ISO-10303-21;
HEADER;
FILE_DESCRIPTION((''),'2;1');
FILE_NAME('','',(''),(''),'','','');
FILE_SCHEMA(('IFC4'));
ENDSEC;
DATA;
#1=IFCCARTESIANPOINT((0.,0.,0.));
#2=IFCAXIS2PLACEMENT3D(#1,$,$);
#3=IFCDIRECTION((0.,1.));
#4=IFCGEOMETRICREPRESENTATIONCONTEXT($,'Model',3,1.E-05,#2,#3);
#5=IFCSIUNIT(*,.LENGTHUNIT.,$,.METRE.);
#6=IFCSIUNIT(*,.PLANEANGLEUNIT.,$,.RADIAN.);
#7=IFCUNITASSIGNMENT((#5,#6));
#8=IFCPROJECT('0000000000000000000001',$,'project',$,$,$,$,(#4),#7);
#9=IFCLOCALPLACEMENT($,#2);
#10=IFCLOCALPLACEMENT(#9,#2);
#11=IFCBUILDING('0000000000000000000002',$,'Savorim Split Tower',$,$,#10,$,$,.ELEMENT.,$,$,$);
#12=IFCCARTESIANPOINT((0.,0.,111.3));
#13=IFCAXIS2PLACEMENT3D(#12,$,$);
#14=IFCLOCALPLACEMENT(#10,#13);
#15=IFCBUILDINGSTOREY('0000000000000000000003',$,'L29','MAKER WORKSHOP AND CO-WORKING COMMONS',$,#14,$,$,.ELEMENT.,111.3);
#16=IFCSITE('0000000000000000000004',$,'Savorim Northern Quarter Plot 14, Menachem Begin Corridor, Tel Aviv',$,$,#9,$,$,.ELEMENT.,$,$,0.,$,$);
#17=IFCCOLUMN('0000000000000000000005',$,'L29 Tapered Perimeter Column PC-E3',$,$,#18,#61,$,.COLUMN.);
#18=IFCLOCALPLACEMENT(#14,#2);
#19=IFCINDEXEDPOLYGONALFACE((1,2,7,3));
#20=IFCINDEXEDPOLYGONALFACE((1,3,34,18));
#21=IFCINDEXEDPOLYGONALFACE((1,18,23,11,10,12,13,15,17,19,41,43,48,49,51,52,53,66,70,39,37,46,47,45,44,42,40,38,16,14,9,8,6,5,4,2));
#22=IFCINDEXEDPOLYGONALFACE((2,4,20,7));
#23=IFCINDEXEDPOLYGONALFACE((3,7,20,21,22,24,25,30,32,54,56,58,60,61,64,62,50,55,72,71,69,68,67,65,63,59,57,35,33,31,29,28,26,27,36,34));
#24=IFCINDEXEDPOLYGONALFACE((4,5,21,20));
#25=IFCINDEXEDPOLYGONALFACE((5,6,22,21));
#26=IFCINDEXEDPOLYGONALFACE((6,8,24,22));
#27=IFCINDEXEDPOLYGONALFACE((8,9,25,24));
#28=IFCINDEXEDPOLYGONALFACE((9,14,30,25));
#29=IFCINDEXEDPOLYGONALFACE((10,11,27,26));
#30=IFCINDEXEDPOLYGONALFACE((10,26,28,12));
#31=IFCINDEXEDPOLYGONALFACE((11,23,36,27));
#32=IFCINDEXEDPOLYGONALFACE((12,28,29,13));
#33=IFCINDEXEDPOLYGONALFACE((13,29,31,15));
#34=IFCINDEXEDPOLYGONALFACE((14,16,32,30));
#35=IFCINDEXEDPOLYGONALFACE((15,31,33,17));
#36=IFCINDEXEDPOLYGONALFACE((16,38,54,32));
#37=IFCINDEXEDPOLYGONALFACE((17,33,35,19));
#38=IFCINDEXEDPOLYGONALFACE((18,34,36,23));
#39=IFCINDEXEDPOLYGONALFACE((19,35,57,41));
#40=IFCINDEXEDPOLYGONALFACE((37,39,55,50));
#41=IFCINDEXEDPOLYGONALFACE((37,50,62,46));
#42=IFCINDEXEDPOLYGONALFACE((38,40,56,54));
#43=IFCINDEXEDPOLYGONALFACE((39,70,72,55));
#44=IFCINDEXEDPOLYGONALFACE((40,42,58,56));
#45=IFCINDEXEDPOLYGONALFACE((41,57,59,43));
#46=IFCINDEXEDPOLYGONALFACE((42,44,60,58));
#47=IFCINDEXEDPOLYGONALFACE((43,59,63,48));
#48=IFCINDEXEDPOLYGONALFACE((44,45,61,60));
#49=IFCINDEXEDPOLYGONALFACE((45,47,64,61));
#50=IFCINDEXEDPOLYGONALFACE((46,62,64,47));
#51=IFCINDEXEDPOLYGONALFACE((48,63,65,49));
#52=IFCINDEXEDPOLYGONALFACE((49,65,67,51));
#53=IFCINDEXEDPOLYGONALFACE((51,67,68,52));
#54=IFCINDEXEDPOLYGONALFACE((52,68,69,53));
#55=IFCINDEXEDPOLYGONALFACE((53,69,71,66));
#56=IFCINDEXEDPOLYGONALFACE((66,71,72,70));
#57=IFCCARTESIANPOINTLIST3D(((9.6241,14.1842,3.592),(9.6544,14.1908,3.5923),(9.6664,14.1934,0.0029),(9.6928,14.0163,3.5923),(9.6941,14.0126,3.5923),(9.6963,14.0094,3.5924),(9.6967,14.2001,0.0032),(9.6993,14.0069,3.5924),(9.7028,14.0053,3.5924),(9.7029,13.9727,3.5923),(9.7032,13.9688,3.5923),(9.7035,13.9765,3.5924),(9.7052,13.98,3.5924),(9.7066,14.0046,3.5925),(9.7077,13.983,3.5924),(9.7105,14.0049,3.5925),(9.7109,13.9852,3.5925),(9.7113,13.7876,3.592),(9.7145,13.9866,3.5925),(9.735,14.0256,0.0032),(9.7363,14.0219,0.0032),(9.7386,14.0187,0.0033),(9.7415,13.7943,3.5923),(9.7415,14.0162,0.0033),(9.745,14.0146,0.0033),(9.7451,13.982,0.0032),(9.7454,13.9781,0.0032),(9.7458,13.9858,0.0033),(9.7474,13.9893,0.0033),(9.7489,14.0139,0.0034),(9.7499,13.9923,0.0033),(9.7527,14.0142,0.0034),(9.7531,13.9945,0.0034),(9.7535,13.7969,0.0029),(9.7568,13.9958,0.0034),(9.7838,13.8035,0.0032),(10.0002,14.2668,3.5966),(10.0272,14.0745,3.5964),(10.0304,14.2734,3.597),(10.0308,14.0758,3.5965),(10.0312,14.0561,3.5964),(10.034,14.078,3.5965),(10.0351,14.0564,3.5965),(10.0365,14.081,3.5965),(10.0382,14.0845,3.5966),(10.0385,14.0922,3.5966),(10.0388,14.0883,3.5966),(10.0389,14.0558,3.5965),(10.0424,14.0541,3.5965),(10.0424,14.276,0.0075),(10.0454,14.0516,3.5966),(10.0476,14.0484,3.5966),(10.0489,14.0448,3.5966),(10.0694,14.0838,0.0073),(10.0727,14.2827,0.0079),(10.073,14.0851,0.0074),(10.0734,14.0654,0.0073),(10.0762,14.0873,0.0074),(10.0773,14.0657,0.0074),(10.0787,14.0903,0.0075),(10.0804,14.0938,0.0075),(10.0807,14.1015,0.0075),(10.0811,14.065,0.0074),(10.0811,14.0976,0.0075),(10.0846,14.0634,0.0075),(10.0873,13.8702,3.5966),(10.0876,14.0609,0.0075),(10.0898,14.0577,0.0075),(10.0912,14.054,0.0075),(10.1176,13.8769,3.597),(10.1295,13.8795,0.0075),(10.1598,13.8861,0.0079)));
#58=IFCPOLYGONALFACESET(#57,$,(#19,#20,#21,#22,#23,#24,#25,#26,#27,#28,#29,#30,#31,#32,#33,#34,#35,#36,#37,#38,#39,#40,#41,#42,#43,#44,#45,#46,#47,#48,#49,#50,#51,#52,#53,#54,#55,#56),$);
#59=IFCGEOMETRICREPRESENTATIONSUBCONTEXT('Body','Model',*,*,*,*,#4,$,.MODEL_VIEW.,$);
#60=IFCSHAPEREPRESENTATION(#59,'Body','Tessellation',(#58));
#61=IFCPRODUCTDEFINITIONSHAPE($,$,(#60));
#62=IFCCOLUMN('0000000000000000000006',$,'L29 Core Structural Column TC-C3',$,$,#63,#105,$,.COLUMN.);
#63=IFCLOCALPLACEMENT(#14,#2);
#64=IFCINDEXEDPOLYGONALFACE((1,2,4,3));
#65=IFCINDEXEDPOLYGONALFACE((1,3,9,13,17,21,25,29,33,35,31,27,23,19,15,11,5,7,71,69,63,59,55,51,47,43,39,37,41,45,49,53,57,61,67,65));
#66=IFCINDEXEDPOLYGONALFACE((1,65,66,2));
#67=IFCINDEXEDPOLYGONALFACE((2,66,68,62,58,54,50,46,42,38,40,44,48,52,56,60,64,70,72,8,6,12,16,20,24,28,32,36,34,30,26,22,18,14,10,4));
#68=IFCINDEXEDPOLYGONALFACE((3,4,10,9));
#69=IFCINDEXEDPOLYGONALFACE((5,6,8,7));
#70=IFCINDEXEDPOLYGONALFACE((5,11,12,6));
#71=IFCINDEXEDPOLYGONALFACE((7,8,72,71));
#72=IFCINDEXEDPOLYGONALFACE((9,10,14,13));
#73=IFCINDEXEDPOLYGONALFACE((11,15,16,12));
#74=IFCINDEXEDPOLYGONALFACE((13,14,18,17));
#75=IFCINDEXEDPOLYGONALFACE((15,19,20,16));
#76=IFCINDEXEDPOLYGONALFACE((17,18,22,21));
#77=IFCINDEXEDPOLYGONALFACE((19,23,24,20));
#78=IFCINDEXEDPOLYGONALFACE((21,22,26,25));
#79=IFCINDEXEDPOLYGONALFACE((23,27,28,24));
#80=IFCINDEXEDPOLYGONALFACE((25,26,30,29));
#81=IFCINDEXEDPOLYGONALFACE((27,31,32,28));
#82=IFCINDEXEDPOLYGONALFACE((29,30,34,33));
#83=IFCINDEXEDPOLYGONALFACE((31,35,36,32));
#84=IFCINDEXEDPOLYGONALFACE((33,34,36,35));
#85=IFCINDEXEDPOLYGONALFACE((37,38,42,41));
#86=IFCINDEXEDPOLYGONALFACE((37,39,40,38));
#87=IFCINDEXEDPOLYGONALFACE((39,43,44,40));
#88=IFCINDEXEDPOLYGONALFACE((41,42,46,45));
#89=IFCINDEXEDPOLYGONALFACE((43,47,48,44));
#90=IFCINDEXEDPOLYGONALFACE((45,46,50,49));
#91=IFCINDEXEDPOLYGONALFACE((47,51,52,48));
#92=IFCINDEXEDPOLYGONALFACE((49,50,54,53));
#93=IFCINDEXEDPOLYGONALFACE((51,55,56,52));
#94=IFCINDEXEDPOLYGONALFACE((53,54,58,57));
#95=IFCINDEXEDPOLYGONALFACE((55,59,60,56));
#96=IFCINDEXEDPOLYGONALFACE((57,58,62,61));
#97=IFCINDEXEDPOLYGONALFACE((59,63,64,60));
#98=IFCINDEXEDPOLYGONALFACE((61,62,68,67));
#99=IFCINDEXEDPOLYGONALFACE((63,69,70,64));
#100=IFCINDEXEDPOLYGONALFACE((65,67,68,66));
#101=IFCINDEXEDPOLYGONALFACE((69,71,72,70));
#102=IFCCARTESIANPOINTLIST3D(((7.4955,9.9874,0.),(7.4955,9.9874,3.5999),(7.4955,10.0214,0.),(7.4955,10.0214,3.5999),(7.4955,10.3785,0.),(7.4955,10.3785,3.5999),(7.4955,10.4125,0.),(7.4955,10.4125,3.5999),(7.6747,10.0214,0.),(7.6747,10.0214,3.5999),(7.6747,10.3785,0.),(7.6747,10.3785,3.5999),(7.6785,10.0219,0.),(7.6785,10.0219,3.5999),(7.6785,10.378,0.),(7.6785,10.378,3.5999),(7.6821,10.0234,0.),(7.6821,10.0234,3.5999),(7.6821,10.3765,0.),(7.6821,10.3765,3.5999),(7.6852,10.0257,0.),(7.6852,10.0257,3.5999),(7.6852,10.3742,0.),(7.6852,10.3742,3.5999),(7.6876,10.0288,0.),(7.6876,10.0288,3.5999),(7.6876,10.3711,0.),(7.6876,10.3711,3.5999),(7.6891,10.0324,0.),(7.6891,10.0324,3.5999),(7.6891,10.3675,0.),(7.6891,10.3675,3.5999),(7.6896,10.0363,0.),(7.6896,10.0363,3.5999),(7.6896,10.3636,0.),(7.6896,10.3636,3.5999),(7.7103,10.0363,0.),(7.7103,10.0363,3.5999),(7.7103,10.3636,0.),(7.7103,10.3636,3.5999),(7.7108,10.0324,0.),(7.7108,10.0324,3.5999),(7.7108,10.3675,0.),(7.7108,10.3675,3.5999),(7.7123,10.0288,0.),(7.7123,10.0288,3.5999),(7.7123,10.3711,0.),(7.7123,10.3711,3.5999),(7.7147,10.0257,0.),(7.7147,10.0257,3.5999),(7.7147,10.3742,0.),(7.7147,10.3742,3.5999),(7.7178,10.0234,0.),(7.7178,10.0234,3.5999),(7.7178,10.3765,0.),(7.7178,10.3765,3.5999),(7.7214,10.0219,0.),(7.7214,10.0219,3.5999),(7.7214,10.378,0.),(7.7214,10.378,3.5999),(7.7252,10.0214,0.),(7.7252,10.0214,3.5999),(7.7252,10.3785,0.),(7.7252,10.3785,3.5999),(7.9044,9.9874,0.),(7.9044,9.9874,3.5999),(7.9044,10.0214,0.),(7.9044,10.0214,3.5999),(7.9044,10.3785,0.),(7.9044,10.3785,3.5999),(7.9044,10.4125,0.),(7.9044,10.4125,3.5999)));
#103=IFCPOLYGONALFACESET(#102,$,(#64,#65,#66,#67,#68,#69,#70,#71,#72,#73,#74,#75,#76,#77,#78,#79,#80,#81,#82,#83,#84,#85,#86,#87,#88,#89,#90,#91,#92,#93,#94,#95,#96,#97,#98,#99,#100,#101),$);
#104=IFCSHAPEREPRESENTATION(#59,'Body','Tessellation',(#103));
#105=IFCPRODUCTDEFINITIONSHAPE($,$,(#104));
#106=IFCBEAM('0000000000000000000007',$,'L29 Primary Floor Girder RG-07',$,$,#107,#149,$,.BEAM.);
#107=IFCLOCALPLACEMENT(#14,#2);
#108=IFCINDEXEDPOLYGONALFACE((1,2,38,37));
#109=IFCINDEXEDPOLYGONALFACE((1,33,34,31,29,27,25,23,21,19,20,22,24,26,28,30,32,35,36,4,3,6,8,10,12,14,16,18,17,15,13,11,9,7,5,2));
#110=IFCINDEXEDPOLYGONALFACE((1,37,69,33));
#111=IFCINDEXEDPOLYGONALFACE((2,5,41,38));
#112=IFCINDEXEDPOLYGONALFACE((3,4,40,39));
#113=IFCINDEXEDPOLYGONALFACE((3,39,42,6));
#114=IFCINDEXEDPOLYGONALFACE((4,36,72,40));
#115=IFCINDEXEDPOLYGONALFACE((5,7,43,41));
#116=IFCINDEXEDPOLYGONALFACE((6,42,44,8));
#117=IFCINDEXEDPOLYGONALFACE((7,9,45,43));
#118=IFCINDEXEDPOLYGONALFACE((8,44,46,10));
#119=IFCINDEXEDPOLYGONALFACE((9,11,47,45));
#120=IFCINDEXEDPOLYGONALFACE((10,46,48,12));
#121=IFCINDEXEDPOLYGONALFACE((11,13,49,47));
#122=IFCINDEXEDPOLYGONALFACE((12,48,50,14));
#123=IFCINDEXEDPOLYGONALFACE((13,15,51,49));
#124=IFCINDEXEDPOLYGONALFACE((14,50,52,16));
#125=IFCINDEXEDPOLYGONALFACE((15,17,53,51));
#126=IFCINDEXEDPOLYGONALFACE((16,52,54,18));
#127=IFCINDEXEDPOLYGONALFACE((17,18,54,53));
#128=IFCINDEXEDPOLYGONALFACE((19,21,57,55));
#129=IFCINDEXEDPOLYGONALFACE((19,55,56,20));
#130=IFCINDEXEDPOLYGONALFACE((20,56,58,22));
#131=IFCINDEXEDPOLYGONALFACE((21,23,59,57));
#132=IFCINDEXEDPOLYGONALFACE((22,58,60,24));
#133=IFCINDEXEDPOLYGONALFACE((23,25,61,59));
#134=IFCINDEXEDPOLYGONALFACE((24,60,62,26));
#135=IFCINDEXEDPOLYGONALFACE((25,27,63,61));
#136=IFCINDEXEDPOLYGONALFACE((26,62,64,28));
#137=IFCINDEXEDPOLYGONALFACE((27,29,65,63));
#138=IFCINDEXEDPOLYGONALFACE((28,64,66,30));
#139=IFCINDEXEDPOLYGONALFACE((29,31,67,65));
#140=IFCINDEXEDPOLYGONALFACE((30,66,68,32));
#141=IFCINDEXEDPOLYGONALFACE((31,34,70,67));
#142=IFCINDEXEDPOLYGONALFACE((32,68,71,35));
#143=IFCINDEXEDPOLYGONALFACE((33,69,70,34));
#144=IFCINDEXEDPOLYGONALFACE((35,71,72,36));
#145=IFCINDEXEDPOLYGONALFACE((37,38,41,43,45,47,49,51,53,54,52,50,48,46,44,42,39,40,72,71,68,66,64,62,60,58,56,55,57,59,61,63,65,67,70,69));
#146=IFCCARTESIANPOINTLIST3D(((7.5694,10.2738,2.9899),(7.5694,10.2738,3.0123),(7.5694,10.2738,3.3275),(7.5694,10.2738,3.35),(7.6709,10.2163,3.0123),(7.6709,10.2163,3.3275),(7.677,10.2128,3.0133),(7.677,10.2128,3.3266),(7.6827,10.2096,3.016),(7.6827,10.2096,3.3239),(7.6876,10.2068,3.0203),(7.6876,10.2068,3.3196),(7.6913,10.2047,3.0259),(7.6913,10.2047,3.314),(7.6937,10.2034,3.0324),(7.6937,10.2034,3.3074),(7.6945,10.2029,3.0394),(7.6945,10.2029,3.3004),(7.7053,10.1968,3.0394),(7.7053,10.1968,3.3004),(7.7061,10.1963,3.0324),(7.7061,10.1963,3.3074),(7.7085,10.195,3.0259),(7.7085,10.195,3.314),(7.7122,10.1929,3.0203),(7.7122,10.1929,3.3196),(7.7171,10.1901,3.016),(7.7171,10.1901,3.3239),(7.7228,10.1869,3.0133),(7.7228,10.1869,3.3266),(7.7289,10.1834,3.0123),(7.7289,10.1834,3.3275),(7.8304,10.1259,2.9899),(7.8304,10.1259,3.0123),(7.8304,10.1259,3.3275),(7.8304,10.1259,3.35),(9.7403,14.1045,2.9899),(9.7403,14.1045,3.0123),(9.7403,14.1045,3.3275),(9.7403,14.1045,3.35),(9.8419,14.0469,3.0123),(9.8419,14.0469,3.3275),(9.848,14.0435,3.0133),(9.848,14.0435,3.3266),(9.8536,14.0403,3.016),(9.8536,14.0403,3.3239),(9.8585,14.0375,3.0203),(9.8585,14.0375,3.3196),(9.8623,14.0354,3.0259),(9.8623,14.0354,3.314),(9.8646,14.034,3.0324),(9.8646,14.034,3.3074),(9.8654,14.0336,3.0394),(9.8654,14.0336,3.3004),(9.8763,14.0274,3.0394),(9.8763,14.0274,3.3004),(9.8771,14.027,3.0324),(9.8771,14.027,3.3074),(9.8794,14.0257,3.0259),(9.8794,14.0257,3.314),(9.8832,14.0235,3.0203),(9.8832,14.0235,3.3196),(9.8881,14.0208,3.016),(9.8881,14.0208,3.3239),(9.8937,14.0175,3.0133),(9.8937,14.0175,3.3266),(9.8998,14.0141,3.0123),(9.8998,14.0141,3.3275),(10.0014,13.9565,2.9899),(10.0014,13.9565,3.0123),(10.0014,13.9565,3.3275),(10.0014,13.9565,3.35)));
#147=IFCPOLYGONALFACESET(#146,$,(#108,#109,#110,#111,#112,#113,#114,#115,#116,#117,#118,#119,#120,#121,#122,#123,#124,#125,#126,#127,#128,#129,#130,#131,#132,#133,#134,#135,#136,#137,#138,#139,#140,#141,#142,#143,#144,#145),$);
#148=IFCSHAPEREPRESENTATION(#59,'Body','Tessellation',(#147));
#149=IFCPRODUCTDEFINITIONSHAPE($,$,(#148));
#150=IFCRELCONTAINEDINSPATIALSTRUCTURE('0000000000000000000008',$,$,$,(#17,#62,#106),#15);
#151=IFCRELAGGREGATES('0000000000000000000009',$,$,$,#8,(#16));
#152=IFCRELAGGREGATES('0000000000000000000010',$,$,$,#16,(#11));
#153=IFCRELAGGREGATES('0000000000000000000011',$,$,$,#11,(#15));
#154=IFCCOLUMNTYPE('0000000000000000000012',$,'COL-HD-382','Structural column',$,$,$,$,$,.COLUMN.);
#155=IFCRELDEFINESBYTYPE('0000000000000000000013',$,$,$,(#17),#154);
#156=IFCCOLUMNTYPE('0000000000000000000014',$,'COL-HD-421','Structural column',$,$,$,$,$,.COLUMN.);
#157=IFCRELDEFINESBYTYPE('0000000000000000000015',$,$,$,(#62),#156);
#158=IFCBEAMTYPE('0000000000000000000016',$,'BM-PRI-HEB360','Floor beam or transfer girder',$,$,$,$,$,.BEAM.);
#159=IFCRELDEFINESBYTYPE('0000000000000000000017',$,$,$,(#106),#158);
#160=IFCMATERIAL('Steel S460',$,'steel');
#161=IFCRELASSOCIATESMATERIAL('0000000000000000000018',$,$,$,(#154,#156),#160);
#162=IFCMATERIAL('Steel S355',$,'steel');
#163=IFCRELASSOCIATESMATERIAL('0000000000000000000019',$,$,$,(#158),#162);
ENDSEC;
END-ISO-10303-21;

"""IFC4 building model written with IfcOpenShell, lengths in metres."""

from ifc_helpers import new_model, si_unit, direction, frame, origin, origin_2d, place, context, subcontext, project, spatial, i_section, extrude, material, material_profile, profile_set, type_object, element, save


model = new_model("IFC4")

# Units and contexts
model_context = context("Model", 3, precision=1e-05, world=origin(), true_north=direction((0.0, 1.0)))
body_context = subcontext(model_context, "Body", "Model", "MODEL_VIEW")
ifc_project = project(units=[si_unit("LENGTHUNIT", "METRE"), si_unit("PLANEANGLEUNIT", "RADIAN")], contexts=[model_context])

# Site, building, storey
site_placement = place(None, origin())
site = spatial("IfcSite", under=ifc_project, at=site_placement, Name="Savorim Northern Quarter Plot 14, Menachem Begin Corridor, Tel Aviv", CompositionType="ELEMENT", RefElevation=0.0)
building_placement = place(site_placement, origin())
building = spatial("IfcBuilding", under=site, at=building_placement, Name="Savorim Split Tower", CompositionType="ELEMENT")
storey_placement = place(building_placement, frame((0.0, 0.0, 111.3)))
storey = spatial("IfcBuildingStorey", under=building, at=storey_placement, Name="L29", Description="MAKER WORKSHOP AND CO-WORKING COMMONS", CompositionType="ELEMENT", Elevation=111.3)

# Columns
ifc_material_1 = material(Name="Steel S460", Category="steel")
ifc_material_profile_1 = material_profile(ifc_material_1, i_section(OverallWidth=0.406, OverallDepth=0.416, WebThickness=0.0188, FlangeThickness=0.031, FilletRadius=0.0149, at=origin_2d()), Name="HD 400x382")
ifc_profile_set_1 = profile_set([ifc_material_profile_1], Name="Steel S460")
column_type_1 = type_object("IfcColumnType", Name="COL-HD-382", Description="Structural column", PredefinedType="COLUMN", material=ifc_profile_set_1)
column_1_placement = place(storey_placement, frame((9.9131, 14.0398, 0.0054), z_axis=(-0.011767, -0.002585, 0.999927), x_axis=(0.214539, -0.976715, 0.0)))
element("IfcColumn", 1, at=column_1_placement, inside=storey, type_object=column_type_1, Name="L29 Tapered Perimeter Column PC-E3", PredefinedType="COLUMN", context=body_context, shape_type="SweptSolid", body=[
    extrude(i_section(OverallWidth=0.406, OverallDepth=0.416, WebThickness=0.0188, FlangeThickness=0.031, FilletRadius=0.0149, at=origin_2d()), origin(), (0.0, 0.0, 1.0), 3.5894),
])
ifc_material_profile_2 = material_profile(ifc_material_1, i_section(OverallWidth=0.4089, OverallDepth=0.425, WebThickness=0.0208, FlangeThickness=0.0339, FilletRadius=0.0149, at=origin_2d()), Name="HD 400x421")
ifc_profile_set_2 = profile_set([ifc_material_profile_2], Name="Steel S460")
column_type_2 = type_object("IfcColumnType", Name="COL-HD-421", Description="Structural column", PredefinedType="COLUMN", material=ifc_profile_set_2)
column_2_placement = place(storey_placement, frame((7.7, 10.2, 0.0), z_axis=(0.0, 0.0, 1.0), x_axis=(1.0, 0.0, 0.0)))
element("IfcColumn", 2, at=column_2_placement, inside=storey, type_object=column_type_2, Name="L29 Core Structural Column TC-C3", PredefinedType="COLUMN", context=body_context, shape_type="SweptSolid", body=[
    extrude(i_section(OverallWidth=0.4089, OverallDepth=0.425, WebThickness=0.0208, FlangeThickness=0.0339, FilletRadius=0.0149, at=origin_2d()), origin(), (0.0, 0.0, 1.0), 3.5999),
])

# Beam
ifc_material_2 = material(Name="Steel S355", Category="steel")
ifc_material_profile_3 = material_profile(ifc_material_2, i_section(OverallWidth=0.3, OverallDepth=0.3601, WebThickness=0.0125, FlangeThickness=0.0225, FilletRadius=0.0271, at=origin_2d()), Name="HEB 360")
ifc_profile_set_3 = profile_set([ifc_material_profile_3], Name="Steel S355")
beam_type_1 = type_object("IfcBeamType", Name="BM-PRI-HEB360", Description="Floor beam or transfer girder", PredefinedType="BEAM", material=ifc_profile_set_3)
beam_1_placement = place(storey_placement, frame((9.8708, 14.0305, 3.1699), z_axis=(-0.493055, -0.869998, 0.0), x_axis=(0.869998, -0.493055, 0.0)))
element("IfcBeam", 3, at=beam_1_placement, inside=storey, type_object=beam_type_1, Name="L29 Primary Floor Girder RG-07", PredefinedType="BEAM", context=body_context, shape_type="SweptSolid", body=[
    extrude(i_section(OverallWidth=0.3, OverallDepth=0.3601, WebThickness=0.0125, FlangeThickness=0.0225, FilletRadius=0.0271, at=origin_2d()), origin(), (0.0, 0.0, 1.0), 4.4031),
])

save(model, "model.ifc")
